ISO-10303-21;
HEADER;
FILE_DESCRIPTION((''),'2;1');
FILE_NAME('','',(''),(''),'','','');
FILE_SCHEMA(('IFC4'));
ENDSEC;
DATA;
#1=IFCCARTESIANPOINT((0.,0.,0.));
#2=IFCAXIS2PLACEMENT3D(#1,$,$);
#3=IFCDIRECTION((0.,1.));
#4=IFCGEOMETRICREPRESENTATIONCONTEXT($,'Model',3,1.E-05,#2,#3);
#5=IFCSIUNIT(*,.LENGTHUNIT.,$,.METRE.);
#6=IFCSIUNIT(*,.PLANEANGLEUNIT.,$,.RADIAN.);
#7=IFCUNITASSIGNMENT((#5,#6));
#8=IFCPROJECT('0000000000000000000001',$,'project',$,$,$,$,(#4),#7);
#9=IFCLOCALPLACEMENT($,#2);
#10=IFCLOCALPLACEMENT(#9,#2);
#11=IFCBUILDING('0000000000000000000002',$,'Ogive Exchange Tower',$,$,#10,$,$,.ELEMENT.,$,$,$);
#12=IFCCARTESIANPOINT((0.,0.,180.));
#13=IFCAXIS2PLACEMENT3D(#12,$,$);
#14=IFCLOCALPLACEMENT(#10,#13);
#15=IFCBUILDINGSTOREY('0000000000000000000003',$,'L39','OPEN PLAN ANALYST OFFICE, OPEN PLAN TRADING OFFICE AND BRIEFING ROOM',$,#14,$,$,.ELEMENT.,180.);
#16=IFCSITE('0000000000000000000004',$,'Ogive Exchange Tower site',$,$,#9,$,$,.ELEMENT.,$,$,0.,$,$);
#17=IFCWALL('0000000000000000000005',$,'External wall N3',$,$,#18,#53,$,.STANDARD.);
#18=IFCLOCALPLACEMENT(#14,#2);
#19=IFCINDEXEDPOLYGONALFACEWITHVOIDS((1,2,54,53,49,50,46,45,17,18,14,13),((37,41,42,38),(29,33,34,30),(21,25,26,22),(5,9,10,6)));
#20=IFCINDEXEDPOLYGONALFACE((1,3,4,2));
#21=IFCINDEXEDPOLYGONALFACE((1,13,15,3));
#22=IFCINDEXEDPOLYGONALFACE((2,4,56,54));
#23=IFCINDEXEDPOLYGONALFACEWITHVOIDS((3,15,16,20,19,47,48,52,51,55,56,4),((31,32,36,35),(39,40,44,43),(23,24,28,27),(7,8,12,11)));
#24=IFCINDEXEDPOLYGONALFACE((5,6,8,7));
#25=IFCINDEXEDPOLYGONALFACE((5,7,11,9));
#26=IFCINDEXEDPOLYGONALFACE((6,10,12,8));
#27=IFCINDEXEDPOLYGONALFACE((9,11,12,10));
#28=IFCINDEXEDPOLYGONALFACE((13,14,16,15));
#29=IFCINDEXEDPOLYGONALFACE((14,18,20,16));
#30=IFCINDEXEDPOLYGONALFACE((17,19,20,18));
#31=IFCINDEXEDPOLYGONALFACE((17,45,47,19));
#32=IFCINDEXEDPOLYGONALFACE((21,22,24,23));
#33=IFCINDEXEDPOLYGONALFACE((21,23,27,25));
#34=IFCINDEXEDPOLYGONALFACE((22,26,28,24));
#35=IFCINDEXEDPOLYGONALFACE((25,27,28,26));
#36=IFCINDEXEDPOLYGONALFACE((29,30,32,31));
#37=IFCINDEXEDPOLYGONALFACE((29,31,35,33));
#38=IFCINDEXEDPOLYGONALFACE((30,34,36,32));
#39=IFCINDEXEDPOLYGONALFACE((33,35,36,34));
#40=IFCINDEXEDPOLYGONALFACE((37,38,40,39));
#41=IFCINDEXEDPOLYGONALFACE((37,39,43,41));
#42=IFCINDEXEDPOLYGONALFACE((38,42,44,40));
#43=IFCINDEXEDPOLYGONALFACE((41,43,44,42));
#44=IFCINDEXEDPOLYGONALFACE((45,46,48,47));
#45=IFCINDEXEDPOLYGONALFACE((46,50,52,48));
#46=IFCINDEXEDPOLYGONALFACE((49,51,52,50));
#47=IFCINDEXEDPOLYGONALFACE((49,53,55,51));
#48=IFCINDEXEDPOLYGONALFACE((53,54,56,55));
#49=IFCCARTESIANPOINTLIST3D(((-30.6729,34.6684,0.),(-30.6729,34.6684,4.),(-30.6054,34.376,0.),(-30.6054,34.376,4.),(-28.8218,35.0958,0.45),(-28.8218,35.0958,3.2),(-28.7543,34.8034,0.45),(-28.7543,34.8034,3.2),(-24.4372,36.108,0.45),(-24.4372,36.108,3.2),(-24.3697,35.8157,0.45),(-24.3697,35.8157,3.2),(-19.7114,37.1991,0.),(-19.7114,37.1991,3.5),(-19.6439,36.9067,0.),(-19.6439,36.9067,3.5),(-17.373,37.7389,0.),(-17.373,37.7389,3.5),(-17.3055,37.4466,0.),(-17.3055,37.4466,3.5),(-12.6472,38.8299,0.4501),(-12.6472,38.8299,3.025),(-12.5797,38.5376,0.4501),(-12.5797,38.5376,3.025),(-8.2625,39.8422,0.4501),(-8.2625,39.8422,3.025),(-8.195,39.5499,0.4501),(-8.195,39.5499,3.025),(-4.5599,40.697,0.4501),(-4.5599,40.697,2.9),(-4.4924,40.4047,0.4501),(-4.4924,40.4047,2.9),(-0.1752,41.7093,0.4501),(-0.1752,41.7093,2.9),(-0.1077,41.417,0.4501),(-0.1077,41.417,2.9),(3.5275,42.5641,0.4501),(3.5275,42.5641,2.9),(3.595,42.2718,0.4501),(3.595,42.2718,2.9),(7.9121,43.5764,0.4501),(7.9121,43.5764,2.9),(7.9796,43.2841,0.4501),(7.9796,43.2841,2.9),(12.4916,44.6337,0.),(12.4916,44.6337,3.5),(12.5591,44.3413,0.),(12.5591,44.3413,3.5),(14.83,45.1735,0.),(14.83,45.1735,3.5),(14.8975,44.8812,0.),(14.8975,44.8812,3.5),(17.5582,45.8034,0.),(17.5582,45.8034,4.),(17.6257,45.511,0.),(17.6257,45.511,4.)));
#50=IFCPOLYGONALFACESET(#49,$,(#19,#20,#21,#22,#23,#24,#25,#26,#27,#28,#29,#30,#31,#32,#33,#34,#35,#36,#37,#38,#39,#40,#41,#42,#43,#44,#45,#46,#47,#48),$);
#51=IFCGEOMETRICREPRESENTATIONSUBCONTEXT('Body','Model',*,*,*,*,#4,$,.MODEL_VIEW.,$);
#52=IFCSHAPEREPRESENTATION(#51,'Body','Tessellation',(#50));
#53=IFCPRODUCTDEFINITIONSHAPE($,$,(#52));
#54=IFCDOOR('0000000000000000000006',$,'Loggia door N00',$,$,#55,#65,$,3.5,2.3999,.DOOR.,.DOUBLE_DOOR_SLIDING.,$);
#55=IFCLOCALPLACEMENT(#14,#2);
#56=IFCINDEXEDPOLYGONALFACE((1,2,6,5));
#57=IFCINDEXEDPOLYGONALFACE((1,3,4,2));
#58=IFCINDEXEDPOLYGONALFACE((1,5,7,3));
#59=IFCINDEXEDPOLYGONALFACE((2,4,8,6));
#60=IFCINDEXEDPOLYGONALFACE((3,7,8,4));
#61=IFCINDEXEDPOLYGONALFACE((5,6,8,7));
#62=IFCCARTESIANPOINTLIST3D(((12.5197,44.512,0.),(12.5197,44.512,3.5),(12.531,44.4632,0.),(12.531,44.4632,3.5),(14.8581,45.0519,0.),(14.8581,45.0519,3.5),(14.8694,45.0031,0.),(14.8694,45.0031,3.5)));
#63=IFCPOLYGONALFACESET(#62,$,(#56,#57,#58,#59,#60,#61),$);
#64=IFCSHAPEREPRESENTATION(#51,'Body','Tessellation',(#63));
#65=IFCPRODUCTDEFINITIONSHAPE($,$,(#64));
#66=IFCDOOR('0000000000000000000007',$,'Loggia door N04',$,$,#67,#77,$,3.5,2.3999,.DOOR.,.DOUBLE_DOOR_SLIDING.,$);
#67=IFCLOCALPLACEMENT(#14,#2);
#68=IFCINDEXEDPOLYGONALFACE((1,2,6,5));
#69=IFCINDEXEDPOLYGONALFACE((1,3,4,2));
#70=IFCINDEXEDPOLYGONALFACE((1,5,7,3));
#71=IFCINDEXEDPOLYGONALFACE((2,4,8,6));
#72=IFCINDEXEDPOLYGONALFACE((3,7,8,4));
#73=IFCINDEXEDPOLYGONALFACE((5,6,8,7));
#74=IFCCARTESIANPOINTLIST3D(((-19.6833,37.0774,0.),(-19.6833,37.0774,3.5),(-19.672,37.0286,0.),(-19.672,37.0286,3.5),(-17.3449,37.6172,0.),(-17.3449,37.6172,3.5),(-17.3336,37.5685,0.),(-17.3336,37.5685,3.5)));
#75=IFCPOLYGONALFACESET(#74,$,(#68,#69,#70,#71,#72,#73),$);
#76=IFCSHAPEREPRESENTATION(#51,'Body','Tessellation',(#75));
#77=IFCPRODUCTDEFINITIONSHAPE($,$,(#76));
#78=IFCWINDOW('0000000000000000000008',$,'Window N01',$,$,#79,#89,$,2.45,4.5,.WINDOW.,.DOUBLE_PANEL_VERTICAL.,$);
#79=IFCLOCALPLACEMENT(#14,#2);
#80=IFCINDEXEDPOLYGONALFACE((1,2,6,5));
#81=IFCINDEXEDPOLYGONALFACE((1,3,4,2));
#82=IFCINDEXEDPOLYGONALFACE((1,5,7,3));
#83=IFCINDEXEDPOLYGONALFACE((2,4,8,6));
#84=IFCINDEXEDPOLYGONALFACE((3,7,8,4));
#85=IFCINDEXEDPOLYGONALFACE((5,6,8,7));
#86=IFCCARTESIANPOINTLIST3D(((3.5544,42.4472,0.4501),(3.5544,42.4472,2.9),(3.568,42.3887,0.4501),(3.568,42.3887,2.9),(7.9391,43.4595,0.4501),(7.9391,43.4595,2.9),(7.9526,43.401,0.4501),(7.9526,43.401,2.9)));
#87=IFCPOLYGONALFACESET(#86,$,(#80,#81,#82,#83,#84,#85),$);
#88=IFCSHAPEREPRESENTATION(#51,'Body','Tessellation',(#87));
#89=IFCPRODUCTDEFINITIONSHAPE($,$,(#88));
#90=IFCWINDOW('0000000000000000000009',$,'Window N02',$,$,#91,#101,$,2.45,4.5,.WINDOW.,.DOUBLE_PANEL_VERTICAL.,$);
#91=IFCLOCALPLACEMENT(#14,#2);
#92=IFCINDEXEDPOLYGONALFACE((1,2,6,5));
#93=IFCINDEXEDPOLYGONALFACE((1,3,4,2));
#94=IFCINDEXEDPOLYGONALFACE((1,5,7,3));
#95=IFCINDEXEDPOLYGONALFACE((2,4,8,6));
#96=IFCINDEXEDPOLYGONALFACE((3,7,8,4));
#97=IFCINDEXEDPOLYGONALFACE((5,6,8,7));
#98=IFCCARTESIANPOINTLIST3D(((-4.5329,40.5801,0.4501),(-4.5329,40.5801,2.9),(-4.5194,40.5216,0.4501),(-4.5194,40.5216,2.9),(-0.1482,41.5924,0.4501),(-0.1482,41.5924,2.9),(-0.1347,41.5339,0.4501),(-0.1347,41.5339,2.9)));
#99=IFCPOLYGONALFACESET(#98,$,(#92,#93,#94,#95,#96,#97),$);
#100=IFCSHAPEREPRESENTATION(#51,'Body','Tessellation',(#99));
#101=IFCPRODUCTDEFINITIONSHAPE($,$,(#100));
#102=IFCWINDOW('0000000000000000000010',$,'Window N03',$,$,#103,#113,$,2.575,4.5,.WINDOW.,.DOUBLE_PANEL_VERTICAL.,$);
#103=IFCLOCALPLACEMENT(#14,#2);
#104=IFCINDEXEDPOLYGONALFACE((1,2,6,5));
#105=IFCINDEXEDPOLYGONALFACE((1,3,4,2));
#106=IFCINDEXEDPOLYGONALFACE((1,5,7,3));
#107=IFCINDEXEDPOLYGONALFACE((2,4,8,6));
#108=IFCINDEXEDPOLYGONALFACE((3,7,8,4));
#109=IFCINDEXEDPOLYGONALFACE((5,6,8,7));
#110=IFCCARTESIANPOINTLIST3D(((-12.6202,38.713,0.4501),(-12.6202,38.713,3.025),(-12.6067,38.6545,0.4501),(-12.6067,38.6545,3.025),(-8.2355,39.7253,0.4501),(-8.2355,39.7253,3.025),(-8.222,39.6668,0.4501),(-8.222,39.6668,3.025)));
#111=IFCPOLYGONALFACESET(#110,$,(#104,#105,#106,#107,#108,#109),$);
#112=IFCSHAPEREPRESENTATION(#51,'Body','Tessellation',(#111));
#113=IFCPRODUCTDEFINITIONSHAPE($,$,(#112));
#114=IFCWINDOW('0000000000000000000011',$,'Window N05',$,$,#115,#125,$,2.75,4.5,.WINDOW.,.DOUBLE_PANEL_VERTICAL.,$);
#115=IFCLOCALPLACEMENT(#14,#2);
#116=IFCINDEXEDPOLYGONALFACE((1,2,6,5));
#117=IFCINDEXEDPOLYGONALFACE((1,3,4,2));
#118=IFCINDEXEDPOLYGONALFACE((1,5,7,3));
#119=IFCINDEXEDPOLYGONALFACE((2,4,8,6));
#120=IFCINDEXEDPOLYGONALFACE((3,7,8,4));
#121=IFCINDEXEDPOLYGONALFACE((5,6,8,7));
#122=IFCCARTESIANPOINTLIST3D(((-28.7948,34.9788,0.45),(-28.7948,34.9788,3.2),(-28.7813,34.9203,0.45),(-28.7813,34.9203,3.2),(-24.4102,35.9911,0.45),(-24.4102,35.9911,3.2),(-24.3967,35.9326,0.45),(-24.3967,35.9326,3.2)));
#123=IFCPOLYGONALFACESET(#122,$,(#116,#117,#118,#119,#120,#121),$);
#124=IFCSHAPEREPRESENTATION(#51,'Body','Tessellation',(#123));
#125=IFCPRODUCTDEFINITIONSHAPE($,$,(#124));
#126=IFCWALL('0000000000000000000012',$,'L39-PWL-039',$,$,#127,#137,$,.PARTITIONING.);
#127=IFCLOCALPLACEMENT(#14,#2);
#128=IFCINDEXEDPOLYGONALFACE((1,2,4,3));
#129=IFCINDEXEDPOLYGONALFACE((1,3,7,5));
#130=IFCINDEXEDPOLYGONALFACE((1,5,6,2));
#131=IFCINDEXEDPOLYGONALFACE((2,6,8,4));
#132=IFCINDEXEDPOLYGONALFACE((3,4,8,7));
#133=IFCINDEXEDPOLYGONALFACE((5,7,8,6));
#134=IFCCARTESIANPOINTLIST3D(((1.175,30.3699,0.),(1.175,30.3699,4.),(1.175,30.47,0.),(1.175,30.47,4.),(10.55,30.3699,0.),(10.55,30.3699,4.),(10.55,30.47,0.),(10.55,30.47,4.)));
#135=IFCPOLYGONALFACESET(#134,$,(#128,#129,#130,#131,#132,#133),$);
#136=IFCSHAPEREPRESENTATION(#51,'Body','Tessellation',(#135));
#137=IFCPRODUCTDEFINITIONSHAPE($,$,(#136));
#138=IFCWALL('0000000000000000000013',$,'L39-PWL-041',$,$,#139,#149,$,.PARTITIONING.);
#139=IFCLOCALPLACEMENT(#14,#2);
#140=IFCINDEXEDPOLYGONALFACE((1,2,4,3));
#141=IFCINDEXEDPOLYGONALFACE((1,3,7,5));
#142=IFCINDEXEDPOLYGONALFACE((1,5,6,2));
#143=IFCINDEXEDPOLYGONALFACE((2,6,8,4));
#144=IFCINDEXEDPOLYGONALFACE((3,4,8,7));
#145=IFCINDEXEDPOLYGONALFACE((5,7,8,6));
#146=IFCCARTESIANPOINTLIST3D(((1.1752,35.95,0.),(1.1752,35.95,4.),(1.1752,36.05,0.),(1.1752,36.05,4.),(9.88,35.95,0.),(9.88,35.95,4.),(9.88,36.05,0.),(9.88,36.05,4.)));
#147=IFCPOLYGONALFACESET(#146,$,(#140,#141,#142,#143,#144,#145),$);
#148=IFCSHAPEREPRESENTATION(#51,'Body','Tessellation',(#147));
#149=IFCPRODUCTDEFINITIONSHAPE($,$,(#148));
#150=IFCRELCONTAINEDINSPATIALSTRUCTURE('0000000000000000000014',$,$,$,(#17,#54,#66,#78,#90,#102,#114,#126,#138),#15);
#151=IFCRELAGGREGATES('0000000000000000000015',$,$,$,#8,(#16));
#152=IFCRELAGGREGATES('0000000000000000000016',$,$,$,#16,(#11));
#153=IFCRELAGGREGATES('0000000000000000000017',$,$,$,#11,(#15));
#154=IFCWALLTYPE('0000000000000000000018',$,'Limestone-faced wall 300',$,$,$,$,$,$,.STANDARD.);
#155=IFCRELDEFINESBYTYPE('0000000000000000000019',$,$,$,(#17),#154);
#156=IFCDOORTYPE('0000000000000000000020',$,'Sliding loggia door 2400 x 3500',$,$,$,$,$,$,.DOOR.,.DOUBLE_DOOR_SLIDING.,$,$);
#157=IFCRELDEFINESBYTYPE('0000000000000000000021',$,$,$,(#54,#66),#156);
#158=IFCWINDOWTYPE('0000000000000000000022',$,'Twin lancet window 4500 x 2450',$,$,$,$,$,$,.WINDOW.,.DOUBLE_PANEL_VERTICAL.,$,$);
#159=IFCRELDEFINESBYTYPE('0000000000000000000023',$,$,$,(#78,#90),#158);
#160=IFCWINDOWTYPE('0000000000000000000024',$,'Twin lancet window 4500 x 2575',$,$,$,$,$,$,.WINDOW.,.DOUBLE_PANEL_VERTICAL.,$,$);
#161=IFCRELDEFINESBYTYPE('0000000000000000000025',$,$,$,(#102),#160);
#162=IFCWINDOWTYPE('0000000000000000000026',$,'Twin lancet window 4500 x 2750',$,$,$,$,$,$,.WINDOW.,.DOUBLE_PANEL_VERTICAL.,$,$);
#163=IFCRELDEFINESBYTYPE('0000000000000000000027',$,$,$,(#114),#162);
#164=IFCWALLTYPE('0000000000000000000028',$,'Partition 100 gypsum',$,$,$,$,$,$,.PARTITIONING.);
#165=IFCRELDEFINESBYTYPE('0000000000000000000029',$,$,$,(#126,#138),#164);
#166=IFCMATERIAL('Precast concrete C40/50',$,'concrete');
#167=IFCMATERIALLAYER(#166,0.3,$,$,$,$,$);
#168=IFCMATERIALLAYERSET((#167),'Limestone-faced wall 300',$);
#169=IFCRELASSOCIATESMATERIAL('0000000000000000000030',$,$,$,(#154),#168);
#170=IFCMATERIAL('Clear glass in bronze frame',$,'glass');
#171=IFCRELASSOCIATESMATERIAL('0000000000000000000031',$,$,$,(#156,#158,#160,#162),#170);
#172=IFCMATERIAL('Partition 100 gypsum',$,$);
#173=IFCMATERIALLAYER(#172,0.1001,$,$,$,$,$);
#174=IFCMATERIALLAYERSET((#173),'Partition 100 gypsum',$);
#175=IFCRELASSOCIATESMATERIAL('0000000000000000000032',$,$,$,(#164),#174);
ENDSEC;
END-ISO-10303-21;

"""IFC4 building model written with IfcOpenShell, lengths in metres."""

from ifc_helpers import new_model, si_unit, direction, frame, frame_2d, origin, place, context, subcontext, project, spatial, rectangle, extrude, material, layer, layer_set, type_object, element, fill, save


model = new_model("IFC4")

# Units and contexts
model_context = context("Model", 3, precision=1e-05, world=origin(), true_north=direction((0.0, 1.0)))
body_context = subcontext(model_context, "Body", "Model", "MODEL_VIEW")
ifc_project = project(units=[si_unit("LENGTHUNIT", "METRE"), si_unit("PLANEANGLEUNIT", "RADIAN")], contexts=[model_context])

# Site, building, storey
site_placement = place(None, origin())
site = spatial("IfcSite", under=ifc_project, at=site_placement, Name="Ogive Exchange Tower site", CompositionType="ELEMENT", RefElevation=0.0)
building_placement = place(site_placement, origin())
building = spatial("IfcBuilding", under=site, at=building_placement, Name="Ogive Exchange Tower", CompositionType="ELEMENT")
storey_placement = place(building_placement, frame((0.0, 0.0, 180.0)))
storey = spatial("IfcBuildingStorey", under=building, at=storey_placement, Name="L39", Description="OPEN PLAN ANALYST OFFICE, OPEN PLAN TRADING OFFICE AND BRIEFING ROOM", CompositionType="ELEMENT", Elevation=180.0)

# Wall, openings, doors, windows
ifc_material_1 = material(Name="Precast concrete C40/50", Category="concrete")
ifc_layer_1 = layer(ifc_material_1, 0.3)
ifc_layer_set_1 = layer_set([ifc_layer_1], Name="Limestone-faced wall 300")
wall_type_1 = type_object("IfcWallType", Name="Limestone-faced wall 300", PredefinedType="STANDARD", material=ifc_layer_set_1)
wall_1_placement = place(storey_placement, frame((17.592, 45.6572, 0.0), z_axis=(0.0, 0.0, 1.0), x_axis=(-0.97437, -0.22495, 0.0)))
wall_1 = element("IfcWall", 1, at=wall_1_placement, inside=storey, type_object=wall_type_1, Name="External wall N3", PredefinedType="STANDARD", context=body_context, shape_type="SweptSolid", body=[
    extrude(rectangle(XDim=49.4998, YDim=0.3, at=frame_2d((24.75, 0.0))), origin(), (0.0, 0.0, 1.0), 4.0),
])
opening_1_placement = place(wall_1_placement, frame((2.8, 0.0, 0.0)))
opening_1 = element("IfcOpeningElement", 2, at=opening_1_placement, cuts=wall_1, PredefinedType="OPENING", context=body_context, shape_type="SweptSolid", body=[
    extrude(rectangle(XDim=2.3999, YDim=3.5, at=frame_2d((1.2, 1.75))), frame((0.0, 0.1599, 0.0), z_axis=(0.0, -1.0, 0.0), x_axis=(1.0, 0.0, 0.0)), (0.0, 0.0, 1.0), 0.3201),
])
opening_2_placement = place(wall_1_placement, frame((9.8999, 0.0, 0.45)))
opening_2 = element("IfcOpeningElement", 3, at=opening_2_placement, cuts=wall_1, PredefinedType="OPENING", context=body_context, shape_type="SweptSolid", body=[
    extrude(rectangle(XDim=4.5, YDim=2.45, at=frame_2d((2.25, 1.2251))), frame((0.0, 0.1599, 0.0), z_axis=(0.0, -1.0, 0.0), x_axis=(1.0, 0.0, 0.0)), (0.0, 0.0, 1.0), 0.3201),
])
opening_3_placement = place(wall_1_placement, frame((18.2, 0.0, 0.45)))
opening_3 = element("IfcOpeningElement", 4, at=opening_3_placement, cuts=wall_1, PredefinedType="OPENING", context=body_context, shape_type="SweptSolid", body=[
    extrude(rectangle(XDim=4.5, YDim=2.45, at=frame_2d((2.25, 1.2251))), frame((0.0, 0.1599, 0.0), z_axis=(0.0, -1.0, 0.0), x_axis=(1.0, 0.0, 0.0)), (0.0, 0.0, 1.0), 0.3201),
])
opening_4_placement = place(wall_1_placement, frame((26.5, 0.0, 0.45)))
opening_4 = element("IfcOpeningElement", 5, at=opening_4_placement, cuts=wall_1, PredefinedType="OPENING", context=body_context, shape_type="SweptSolid", body=[
    extrude(rectangle(XDim=4.5, YDim=2.575, at=frame_2d((2.25, 1.2876))), frame((0.0, 0.1599, 0.0), z_axis=(0.0, -1.0, 0.0), x_axis=(1.0, 0.0, 0.0)), (0.0, 0.0, 1.0), 0.3201),
])
opening_5_placement = place(wall_1_placement, frame((35.8501, 0.0, 0.0)))
opening_5 = element("IfcOpeningElement", 6, at=opening_5_placement, cuts=wall_1, PredefinedType="OPENING", context=body_context, shape_type="SweptSolid", body=[
    extrude(rectangle(XDim=2.3999, YDim=3.5, at=frame_2d((1.2, 1.75))), frame((0.0, 0.1599, 0.0), z_axis=(0.0, -1.0, 0.0), x_axis=(1.0, 0.0, 0.0)), (0.0, 0.0, 1.0), 0.3201),
])
opening_6_placement = place(wall_1_placement, frame((43.1001, 0.0, 0.45)))
opening_6 = element("IfcOpeningElement", 7, at=opening_6_placement, cuts=wall_1, PredefinedType="OPENING", context=body_context, shape_type="SweptSolid", body=[
    extrude(rectangle(XDim=4.5, YDim=2.75, at=frame_2d((2.25, 1.375))), frame((0.0, 0.1599, 0.0), z_axis=(0.0, -1.0, 0.0), x_axis=(1.0, 0.0, 0.0)), (0.0, 0.0, 1.0), 0.3201),
])
ifc_material_2 = material(Name="Clear glass in bronze frame", Category="glass")
door_type_1 = type_object("IfcDoorType", Name="Sliding loggia door 2400 x 3500", OperationType="DOUBLE_DOOR_SLIDING", PredefinedType="DOOR", material=ifc_material_2)
door_1_placement = place(opening_1_placement, origin())
door_1 = element("IfcDoor", 8, at=door_1_placement, inside=storey, type_object=door_type_1, Name="Loggia door N00", OperationType="DOUBLE_DOOR_SLIDING", OverallHeight=3.5, OverallWidth=2.3999, PredefinedType="DOOR", context=body_context, shape_type="SweptSolid", body=[
    extrude(rectangle(XDim=2.3999, YDim=3.5, at=frame_2d((1.2, 1.75))), frame((0.0, 0.0249, 0.0), z_axis=(0.0, -1.0, 0.0), x_axis=(1.0, 0.0, 0.0)), (0.0, 0.0, 1.0), 0.05),
])
fill(opening_1, door_1)
door_2_placement = place(opening_5_placement, origin())
door_2 = element("IfcDoor", 9, at=door_2_placement, inside=storey, type_object=door_type_1, Name="Loggia door N04", OperationType="DOUBLE_DOOR_SLIDING", OverallHeight=3.5, OverallWidth=2.3999, PredefinedType="DOOR", context=body_context, shape_type="SweptSolid", body=[
    extrude(rectangle(XDim=2.3999, YDim=3.5, at=frame_2d((1.2, 1.75))), frame((0.0, 0.0249, 0.0), z_axis=(0.0, -1.0, 0.0), x_axis=(1.0, 0.0, 0.0)), (0.0, 0.0, 1.0), 0.05),
])
fill(opening_5, door_2)
window_type_1 = type_object("IfcWindowType", Name="Twin lancet window 4500 x 2450", PartitioningType="DOUBLE_PANEL_VERTICAL", PredefinedType="WINDOW", material=ifc_material_2)
window_1_placement = place(opening_2_placement, origin())
window_1 = element("IfcWindow", 10, at=window_1_placement, inside=storey, type_object=window_type_1, Name="Window N01", OverallHeight=2.45, OverallWidth=4.5, PartitioningType="DOUBLE_PANEL_VERTICAL", PredefinedType="WINDOW", context=body_context, shape_type="SweptSolid", body=[
    extrude(rectangle(XDim=4.5, YDim=2.45, at=frame_2d((2.25, 1.2251))), frame((0.0, 0.03, 0.0), z_axis=(0.0, -1.0, 0.0), x_axis=(1.0, 0.0, 0.0)), (0.0, 0.0, 1.0), 0.0601),
])
fill(opening_2, window_1)
window_2_placement = place(opening_3_placement, origin())
window_2 = element("IfcWindow", 11, at=window_2_placement, inside=storey, type_object=window_type_1, Name="Window N02", OverallHeight=2.45, OverallWidth=4.5, PartitioningType="DOUBLE_PANEL_VERTICAL", PredefinedType="WINDOW", context=body_context, shape_type="SweptSolid", body=[
    extrude(rectangle(XDim=4.5, YDim=2.45, at=frame_2d((2.25, 1.2251))), frame((0.0, 0.03, 0.0), z_axis=(0.0, -1.0, 0.0), x_axis=(1.0, 0.0, 0.0)), (0.0, 0.0, 1.0), 0.0601),
])
fill(opening_3, window_2)
window_type_2 = type_object("IfcWindowType", Name="Twin lancet window 4500 x 2575", PartitioningType="DOUBLE_PANEL_VERTICAL", PredefinedType="WINDOW", material=ifc_material_2)
window_3_placement = place(opening_4_placement, origin())
window_3 = element("IfcWindow", 12, at=window_3_placement, inside=storey, type_object=window_type_2, Name="Window N03", OverallHeight=2.575, OverallWidth=4.5, PartitioningType="DOUBLE_PANEL_VERTICAL", PredefinedType="WINDOW", context=body_context, shape_type="SweptSolid", body=[
    extrude(rectangle(XDim=4.5, YDim=2.575, at=frame_2d((2.25, 1.2876))), frame((0.0, 0.03, 0.0), z_axis=(0.0, -1.0, 0.0), x_axis=(1.0, 0.0, 0.0)), (0.0, 0.0, 1.0), 0.0601),
])
fill(opening_4, window_3)
window_type_3 = type_object("IfcWindowType", Name="Twin lancet window 4500 x 2750", PartitioningType="DOUBLE_PANEL_VERTICAL", PredefinedType="WINDOW", material=ifc_material_2)
window_4_placement = place(opening_6_placement, origin())
window_4 = element("IfcWindow", 13, at=window_4_placement, inside=storey, type_object=window_type_3, Name="Window N05", OverallHeight=2.75, OverallWidth=4.5, PartitioningType="DOUBLE_PANEL_VERTICAL", PredefinedType="WINDOW", context=body_context, shape_type="SweptSolid", body=[
    extrude(rectangle(XDim=4.5, YDim=2.75, at=frame_2d((2.25, 1.375))), frame((0.0, 0.03, 0.0), z_axis=(0.0, -1.0, 0.0), x_axis=(1.0, 0.0, 0.0)), (0.0, 0.0, 1.0), 0.0601),
])
fill(opening_6, window_4)

# Walls
ifc_material_3 = material(Name="Partition 100 gypsum")
ifc_layer_2 = layer(ifc_material_3, 0.1001)
ifc_layer_set_2 = layer_set([ifc_layer_2], Name="Partition 100 gypsum")
wall_type_2 = type_object("IfcWallType", Name="Partition 100 gypsum", PredefinedType="PARTITIONING", material=ifc_layer_set_2)
wall_2_placement = place(storey_placement, frame((1.175, 30.4199, 0.0), z_axis=(0.0, 0.0, 1.0), x_axis=(1.0, 0.0, 0.0)))
element("IfcWall", 14, at=wall_2_placement, inside=storey, type_object=wall_type_2, Name="L39-PWL-039", PredefinedType="PARTITIONING", context=body_context, shape_type="SweptSolid", body=[
    extrude(rectangle(XDim=9.375, YDim=0.1001, at=frame_2d((4.6875, 0.0))), origin(), (0.0, 0.0, 1.0), 4.0),
])
wall_3_placement = place(storey_placement, frame((1.175, 36.0, 0.0), z_axis=(0.0, 0.0, 1.0), x_axis=(1.0, 0.0, 0.0)))
element("IfcWall", 15, at=wall_3_placement, inside=storey, type_object=wall_type_2, Name="L39-PWL-041", PredefinedType="PARTITIONING", context=body_context, shape_type="SweptSolid", body=[
    extrude(rectangle(XDim=8.7048, YDim=0.1001, at=frame_2d((4.3525, 0.0))), origin(), (0.0, 0.0, 1.0), 4.0),
])

save(model, "model.ifc")
